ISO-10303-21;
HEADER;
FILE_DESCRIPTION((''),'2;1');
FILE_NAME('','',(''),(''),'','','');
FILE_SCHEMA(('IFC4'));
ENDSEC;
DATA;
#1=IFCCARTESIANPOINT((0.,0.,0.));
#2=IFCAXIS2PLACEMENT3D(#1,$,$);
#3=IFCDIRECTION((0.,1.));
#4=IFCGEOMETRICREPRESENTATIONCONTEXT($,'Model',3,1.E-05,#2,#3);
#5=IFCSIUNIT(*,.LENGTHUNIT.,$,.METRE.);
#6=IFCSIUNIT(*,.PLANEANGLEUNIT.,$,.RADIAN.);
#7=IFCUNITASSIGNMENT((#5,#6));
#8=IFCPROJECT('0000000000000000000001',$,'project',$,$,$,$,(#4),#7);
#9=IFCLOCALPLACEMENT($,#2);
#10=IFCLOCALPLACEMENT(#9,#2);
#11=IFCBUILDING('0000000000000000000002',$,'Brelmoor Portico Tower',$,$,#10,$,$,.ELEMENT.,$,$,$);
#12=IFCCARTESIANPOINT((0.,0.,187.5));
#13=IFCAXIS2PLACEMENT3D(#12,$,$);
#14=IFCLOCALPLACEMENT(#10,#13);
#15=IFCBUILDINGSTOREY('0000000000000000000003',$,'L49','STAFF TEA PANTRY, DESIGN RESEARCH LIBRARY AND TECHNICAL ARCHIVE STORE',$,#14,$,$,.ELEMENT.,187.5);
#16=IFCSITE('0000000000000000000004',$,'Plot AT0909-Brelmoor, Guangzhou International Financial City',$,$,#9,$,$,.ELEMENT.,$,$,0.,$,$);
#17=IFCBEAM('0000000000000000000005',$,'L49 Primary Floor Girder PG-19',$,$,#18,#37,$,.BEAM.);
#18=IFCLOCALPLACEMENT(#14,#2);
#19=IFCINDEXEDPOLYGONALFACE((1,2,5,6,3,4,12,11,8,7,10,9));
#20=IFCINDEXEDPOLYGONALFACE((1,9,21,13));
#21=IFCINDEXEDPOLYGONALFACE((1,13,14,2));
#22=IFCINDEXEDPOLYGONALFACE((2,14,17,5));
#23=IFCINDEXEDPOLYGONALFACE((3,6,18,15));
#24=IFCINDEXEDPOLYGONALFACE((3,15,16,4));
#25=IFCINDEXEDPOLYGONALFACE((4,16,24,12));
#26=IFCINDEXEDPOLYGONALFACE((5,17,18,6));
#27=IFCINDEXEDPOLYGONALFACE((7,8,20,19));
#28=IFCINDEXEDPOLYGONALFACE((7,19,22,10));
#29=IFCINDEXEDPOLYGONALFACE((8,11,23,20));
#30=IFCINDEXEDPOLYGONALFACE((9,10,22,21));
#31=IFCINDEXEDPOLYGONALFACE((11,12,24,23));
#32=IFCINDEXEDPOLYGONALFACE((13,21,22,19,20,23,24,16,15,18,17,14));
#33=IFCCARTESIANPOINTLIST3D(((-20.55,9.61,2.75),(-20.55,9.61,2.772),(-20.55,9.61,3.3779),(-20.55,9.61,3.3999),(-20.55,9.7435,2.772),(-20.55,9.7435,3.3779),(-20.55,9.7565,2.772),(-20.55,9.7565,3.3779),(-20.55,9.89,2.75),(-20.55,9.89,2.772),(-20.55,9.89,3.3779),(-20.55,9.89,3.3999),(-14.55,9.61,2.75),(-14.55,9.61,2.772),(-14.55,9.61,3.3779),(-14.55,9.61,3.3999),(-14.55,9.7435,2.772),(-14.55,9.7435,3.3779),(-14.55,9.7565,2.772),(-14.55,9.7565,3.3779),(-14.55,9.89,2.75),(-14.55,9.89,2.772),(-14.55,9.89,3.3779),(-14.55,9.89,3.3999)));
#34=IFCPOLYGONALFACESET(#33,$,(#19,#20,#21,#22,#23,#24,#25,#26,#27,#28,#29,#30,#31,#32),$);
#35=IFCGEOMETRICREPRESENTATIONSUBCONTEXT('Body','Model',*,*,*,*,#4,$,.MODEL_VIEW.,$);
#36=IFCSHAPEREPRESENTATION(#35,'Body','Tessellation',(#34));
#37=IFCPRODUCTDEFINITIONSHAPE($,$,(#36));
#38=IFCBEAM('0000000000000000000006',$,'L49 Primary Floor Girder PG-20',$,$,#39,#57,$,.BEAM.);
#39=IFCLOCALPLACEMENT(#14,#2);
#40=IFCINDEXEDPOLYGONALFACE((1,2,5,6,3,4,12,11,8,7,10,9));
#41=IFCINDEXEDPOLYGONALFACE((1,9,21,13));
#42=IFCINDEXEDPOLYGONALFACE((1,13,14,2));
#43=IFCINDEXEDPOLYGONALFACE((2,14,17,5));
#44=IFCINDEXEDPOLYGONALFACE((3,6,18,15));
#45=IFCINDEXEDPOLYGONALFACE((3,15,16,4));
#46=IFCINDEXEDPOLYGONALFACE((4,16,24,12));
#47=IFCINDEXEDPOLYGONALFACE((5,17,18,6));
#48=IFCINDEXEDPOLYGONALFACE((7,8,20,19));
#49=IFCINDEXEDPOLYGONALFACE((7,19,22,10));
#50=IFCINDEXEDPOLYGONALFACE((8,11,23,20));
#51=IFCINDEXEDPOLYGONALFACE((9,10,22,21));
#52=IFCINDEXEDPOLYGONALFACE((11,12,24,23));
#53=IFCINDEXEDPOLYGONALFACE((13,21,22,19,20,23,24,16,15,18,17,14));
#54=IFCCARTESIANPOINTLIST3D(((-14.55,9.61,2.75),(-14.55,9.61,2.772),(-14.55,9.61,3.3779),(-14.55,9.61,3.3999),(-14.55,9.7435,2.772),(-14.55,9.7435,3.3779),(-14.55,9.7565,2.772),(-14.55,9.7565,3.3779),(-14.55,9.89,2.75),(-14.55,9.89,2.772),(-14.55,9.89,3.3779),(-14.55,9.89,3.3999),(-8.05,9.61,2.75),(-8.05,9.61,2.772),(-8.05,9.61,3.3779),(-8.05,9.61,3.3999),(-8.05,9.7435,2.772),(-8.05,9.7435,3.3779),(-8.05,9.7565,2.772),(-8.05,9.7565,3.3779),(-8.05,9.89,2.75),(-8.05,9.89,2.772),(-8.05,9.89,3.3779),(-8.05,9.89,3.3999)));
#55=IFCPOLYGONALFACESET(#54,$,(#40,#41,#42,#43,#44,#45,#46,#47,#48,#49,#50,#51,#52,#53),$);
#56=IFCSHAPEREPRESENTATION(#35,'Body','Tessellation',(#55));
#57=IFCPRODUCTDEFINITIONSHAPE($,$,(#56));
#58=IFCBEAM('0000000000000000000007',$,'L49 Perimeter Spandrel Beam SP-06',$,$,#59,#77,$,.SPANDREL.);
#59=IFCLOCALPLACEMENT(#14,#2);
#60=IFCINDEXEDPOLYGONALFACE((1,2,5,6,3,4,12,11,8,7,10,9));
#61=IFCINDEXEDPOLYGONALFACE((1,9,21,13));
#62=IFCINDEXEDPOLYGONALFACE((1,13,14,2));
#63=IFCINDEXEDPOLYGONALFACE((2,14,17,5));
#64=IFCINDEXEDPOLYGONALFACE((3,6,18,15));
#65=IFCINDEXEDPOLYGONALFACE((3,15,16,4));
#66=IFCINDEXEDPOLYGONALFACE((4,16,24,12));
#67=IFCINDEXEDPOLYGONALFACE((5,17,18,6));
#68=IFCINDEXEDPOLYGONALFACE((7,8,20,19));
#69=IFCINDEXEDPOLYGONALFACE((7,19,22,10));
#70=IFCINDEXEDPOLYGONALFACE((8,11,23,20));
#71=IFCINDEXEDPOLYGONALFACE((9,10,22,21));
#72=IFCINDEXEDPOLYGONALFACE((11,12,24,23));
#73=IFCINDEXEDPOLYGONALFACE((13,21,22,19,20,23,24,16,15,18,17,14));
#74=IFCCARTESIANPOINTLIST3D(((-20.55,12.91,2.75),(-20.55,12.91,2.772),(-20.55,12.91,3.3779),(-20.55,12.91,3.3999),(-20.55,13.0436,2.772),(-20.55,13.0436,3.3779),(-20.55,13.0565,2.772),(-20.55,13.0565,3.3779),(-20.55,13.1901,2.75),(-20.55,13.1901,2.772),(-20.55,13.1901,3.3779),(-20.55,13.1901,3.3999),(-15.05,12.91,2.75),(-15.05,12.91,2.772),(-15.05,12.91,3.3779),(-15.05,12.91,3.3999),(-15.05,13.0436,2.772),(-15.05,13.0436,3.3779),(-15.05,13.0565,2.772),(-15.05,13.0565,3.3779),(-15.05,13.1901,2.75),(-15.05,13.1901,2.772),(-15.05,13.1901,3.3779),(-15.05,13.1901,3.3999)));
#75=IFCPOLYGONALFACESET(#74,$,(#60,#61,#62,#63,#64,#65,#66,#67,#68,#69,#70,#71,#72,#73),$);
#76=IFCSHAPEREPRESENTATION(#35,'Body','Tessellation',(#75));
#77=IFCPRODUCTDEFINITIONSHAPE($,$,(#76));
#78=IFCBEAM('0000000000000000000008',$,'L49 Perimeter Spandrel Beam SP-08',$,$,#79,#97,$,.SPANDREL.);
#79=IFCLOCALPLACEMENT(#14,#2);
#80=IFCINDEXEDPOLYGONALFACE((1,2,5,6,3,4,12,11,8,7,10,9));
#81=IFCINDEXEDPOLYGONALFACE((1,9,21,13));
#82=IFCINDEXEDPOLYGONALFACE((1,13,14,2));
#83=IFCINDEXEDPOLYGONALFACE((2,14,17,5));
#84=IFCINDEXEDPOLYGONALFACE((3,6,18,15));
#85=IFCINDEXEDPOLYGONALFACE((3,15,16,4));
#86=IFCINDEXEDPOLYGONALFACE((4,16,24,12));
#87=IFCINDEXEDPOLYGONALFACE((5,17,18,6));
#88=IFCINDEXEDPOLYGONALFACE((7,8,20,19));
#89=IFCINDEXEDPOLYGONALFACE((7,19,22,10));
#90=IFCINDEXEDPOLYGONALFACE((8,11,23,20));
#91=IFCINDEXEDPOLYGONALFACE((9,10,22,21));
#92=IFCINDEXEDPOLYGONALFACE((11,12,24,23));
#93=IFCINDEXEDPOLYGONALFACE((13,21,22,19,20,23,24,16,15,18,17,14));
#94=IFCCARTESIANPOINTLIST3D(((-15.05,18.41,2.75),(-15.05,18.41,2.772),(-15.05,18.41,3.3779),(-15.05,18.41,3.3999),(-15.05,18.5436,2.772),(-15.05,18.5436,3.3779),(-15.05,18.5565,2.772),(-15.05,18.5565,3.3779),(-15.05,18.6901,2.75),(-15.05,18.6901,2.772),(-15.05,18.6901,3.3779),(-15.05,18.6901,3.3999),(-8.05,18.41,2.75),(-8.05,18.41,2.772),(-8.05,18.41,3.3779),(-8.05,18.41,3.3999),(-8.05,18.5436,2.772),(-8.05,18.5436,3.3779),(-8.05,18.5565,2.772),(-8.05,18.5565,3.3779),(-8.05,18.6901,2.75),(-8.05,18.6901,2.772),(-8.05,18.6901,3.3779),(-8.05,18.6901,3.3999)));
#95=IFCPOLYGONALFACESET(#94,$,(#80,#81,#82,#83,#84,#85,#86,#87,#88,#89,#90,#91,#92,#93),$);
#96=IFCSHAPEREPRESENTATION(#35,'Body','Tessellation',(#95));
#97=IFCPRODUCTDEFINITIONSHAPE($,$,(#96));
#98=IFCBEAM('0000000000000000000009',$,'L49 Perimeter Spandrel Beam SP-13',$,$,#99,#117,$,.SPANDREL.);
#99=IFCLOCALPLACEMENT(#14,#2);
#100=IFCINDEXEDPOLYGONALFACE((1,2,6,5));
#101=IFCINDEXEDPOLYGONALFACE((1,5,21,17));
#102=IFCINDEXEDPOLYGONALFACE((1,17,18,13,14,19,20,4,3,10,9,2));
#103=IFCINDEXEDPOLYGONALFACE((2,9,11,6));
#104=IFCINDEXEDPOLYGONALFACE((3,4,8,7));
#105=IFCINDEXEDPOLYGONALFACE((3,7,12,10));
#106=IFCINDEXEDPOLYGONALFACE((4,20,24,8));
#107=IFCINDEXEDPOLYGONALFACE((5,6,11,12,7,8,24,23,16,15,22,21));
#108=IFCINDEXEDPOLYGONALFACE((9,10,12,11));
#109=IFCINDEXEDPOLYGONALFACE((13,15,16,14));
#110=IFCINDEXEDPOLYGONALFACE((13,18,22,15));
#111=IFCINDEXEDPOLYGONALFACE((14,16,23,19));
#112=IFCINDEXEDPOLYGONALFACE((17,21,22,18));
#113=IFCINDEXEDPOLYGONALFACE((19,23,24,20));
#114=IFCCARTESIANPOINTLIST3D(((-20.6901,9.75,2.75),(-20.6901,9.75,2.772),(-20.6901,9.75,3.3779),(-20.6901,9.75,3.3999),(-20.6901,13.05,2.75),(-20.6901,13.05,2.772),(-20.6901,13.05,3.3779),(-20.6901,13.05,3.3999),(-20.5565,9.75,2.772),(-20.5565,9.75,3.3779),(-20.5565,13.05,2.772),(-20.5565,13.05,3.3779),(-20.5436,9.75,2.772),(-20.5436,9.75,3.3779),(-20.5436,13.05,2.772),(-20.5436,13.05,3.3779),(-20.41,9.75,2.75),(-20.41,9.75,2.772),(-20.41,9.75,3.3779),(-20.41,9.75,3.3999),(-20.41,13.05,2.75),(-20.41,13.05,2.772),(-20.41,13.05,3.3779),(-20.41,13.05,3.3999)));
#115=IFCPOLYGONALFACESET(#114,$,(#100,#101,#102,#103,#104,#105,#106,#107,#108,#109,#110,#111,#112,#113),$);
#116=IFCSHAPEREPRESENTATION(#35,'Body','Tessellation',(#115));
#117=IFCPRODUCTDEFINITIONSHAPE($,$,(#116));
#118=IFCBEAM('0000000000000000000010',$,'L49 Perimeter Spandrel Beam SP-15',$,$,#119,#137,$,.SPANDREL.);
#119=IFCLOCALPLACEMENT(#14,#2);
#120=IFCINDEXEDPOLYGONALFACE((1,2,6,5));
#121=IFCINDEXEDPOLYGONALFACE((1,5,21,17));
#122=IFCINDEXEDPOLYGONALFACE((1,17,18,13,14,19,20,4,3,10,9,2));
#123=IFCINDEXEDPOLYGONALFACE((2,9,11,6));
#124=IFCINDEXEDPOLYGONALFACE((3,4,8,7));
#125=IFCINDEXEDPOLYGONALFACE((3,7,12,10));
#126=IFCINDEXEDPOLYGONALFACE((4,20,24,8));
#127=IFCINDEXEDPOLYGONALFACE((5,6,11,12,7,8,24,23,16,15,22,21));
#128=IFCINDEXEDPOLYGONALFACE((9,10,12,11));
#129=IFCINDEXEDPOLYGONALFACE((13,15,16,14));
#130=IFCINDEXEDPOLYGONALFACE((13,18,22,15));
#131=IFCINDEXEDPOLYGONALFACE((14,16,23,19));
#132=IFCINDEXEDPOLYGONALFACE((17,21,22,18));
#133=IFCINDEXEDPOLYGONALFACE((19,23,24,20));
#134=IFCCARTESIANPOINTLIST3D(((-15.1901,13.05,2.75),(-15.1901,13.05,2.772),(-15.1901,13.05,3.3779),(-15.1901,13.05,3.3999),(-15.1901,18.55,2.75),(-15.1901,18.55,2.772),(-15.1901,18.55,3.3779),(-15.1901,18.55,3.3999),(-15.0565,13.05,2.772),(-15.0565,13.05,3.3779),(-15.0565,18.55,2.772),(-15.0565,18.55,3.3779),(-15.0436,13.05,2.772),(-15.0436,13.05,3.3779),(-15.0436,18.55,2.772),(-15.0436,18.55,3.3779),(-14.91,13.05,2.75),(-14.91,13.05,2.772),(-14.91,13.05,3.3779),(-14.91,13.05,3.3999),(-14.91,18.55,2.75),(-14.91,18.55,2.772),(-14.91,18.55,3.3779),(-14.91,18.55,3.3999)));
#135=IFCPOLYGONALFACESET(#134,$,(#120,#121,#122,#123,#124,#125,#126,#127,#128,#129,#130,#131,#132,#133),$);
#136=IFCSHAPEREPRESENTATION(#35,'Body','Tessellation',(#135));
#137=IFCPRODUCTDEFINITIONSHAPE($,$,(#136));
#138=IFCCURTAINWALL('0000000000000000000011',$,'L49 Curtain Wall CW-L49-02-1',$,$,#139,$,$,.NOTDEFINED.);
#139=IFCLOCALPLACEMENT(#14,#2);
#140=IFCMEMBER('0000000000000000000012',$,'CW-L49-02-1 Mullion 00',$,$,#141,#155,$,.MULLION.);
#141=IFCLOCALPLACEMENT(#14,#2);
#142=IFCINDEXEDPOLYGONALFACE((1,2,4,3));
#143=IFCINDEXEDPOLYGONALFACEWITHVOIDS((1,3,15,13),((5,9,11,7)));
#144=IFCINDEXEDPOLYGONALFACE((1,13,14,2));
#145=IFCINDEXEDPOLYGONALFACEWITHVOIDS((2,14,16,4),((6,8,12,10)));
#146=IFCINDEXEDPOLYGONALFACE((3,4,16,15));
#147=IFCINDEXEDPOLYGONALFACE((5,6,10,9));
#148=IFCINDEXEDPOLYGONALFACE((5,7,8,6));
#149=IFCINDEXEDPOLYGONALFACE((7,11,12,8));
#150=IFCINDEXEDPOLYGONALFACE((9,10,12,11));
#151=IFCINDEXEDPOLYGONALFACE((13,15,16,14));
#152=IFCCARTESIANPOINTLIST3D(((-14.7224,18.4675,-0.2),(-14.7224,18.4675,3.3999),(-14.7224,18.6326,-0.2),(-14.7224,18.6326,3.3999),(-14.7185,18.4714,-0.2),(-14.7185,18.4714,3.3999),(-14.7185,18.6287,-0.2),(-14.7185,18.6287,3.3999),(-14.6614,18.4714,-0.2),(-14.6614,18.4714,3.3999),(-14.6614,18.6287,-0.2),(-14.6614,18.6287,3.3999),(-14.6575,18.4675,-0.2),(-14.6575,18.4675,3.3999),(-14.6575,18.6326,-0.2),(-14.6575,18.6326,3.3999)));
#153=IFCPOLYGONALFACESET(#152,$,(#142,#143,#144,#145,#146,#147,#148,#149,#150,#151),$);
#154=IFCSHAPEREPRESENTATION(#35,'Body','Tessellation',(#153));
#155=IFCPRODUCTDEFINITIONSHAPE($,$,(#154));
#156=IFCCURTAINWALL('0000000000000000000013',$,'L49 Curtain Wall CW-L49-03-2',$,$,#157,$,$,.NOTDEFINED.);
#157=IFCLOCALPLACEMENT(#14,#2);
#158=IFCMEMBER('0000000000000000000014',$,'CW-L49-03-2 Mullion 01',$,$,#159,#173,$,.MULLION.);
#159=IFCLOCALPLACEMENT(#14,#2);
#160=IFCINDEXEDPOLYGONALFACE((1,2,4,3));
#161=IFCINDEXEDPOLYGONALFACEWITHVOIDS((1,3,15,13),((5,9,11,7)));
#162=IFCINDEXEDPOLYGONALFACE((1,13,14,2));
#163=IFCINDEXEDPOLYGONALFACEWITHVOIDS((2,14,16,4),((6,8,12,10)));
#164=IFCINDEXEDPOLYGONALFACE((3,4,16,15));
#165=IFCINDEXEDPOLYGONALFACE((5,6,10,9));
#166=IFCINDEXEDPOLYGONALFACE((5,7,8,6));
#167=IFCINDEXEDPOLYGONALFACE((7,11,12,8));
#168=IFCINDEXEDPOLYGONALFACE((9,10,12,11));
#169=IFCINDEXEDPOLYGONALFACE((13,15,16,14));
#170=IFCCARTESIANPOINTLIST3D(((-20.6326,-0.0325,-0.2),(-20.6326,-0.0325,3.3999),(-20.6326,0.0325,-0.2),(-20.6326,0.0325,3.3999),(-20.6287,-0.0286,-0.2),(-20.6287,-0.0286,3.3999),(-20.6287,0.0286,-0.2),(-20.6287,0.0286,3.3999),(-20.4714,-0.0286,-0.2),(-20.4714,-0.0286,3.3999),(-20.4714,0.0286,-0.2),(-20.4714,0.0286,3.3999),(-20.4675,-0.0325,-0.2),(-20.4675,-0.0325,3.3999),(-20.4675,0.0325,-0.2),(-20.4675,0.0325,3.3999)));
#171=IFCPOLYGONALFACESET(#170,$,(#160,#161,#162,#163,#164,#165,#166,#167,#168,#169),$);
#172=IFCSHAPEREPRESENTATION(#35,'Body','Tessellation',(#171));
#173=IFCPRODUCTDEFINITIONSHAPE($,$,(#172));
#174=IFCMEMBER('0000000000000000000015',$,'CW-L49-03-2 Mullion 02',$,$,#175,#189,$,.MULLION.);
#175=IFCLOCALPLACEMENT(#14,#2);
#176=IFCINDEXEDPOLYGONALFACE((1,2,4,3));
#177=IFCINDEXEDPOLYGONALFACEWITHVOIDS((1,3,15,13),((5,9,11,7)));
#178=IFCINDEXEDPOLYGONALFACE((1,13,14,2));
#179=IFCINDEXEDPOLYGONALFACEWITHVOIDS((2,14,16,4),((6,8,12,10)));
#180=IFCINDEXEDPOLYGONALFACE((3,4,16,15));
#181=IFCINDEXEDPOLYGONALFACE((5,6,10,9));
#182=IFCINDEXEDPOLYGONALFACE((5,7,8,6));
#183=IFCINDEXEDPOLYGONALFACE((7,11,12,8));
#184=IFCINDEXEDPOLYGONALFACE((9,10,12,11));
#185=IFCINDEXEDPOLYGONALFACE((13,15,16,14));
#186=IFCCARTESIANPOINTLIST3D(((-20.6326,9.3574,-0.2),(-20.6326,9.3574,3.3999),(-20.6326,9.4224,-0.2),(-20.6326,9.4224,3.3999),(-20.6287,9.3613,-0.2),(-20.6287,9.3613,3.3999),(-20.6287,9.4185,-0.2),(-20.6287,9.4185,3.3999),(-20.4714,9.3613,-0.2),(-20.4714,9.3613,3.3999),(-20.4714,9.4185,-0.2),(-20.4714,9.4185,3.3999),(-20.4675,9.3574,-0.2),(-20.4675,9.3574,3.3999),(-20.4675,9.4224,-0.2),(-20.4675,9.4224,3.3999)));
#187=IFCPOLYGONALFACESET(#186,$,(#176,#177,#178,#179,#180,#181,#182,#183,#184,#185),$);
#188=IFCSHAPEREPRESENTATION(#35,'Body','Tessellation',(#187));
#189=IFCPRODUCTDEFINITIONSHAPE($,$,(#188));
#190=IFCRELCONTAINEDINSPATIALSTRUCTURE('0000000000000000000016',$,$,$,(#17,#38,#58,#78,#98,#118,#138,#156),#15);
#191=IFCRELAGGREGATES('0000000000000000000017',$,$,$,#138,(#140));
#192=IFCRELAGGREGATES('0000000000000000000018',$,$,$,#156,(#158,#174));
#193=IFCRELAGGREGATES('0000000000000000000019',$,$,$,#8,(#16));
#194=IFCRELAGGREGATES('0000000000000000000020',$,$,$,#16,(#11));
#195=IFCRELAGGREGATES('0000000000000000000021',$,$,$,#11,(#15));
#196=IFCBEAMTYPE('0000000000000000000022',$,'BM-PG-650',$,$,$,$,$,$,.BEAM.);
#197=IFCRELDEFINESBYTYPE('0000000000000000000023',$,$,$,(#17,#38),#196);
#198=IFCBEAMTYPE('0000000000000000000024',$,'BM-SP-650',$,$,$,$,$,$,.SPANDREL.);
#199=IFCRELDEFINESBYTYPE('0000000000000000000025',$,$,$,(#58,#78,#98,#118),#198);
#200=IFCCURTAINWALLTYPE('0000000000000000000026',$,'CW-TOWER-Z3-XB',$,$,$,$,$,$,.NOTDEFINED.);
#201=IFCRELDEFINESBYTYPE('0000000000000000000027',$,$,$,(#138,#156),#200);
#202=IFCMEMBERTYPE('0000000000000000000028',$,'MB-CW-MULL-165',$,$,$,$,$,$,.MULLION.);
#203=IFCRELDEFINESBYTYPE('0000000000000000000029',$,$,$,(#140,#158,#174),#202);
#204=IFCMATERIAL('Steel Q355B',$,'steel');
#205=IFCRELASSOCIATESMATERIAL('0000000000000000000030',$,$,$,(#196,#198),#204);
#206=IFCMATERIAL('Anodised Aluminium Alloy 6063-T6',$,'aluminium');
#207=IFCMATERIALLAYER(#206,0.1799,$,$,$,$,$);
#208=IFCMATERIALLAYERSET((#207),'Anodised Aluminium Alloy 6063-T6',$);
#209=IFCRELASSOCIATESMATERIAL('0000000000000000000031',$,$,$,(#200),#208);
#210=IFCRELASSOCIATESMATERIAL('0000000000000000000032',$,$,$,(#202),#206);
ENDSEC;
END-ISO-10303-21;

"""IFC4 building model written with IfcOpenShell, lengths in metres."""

from ifc_helpers import new_model, si_unit, direction, frame, origin, origin_2d, place, context, subcontext, project, spatial, hollow_rectangle, i_section, extrude, material, layer, layer_set, material_profile, profile_set, type_object, element, aggregate, save


model = new_model("IFC4")

# Units and contexts
model_context = context("Model", 3, precision=1e-05, world=origin(), true_north=direction((0.0, 1.0)))
body_context = subcontext(model_context, "Body", "Model", "MODEL_VIEW")
ifc_project = project(units=[si_unit("LENGTHUNIT", "METRE"), si_unit("PLANEANGLEUNIT", "RADIAN")], contexts=[model_context])

# Site, building, storey
site_placement = place(None, origin())
site = spatial("IfcSite", under=ifc_project, at=site_placement, Name="Plot AT0909-Brelmoor, Guangzhou International Financial City", CompositionType="ELEMENT", RefElevation=0.0)
building_placement = place(site_placement, origin())
building = spatial("IfcBuilding", under=site, at=building_placement, Name="Brelmoor Portico Tower", CompositionType="ELEMENT")
storey_placement = place(building_placement, frame((0.0, 0.0, 187.5)))
storey = spatial("IfcBuildingStorey", under=building, at=storey_placement, Name="L49", Description="STAFF TEA PANTRY, DESIGN RESEARCH LIBRARY AND TECHNICAL ARCHIVE STORE", CompositionType="ELEMENT", Elevation=187.5)

# Shared definitions
ifc_material_1 = material(Name="Steel Q355B", Category="steel")

# Beams
ifc_material_profile_1 = material_profile(ifc_material_1, i_section(OverallWidth=0.28, OverallDepth=0.6499, WebThickness=0.0129, FlangeThickness=0.022, at=origin_2d()), Name="HN 650x280x13x22")
ifc_profile_set_1 = profile_set([ifc_material_profile_1], Name="Steel Q355B")
beam_type_1 = type_object("IfcBeamType", Name="BM-PG-650", PredefinedType="BEAM", material=ifc_profile_set_1)
beam_1_placement = place(storey_placement, frame((-20.55, 9.75, 3.075), z_axis=(1.0, 0.0, 0.0), x_axis=(0.0, 1.0, 0.0)))
element("IfcBeam", 1, at=beam_1_placement, inside=storey, type_object=beam_type_1, Name="L49 Primary Floor Girder PG-19", PredefinedType="BEAM", context=body_context, shape_type="SweptSolid", body=[
    extrude(i_section(OverallWidth=0.28, OverallDepth=0.6499, WebThickness=0.0129, FlangeThickness=0.022, at=origin_2d()), origin(), (0.0, 0.0, 1.0), 6.0),
])
beam_2_placement = place(storey_placement, frame((-14.55, 9.75, 3.075), z_axis=(1.0, 0.0, 0.0), x_axis=(0.0, 1.0, 0.0)))
element("IfcBeam", 2, at=beam_2_placement, inside=storey, type_object=beam_type_1, Name="L49 Primary Floor Girder PG-20", PredefinedType="BEAM", context=body_context, shape_type="SweptSolid", body=[
    extrude(i_section(OverallWidth=0.28, OverallDepth=0.6499, WebThickness=0.0129, FlangeThickness=0.022, at=origin_2d()), origin(), (0.0, 0.0, 1.0), 6.5),
])
ifc_material_profile_2 = material_profile(ifc_material_1, i_section(OverallWidth=0.28, OverallDepth=0.6499, WebThickness=0.0129, FlangeThickness=0.022, at=origin_2d()), Name="HN 650x280x13x22")
ifc_profile_set_2 = profile_set([ifc_material_profile_2], Name="Steel Q355B")
beam_type_2 = type_object("IfcBeamType", Name="BM-SP-650", PredefinedType="SPANDREL", material=ifc_profile_set_2)
beam_3_placement = place(storey_placement, frame((-20.55, 13.05, 3.075), z_axis=(1.0, 0.0, 0.0), x_axis=(0.0, 1.0, 0.0)))
element("IfcBeam", 3, at=beam_3_placement, inside=storey, type_object=beam_type_2, Name="L49 Perimeter Spandrel Beam SP-06", PredefinedType="SPANDREL", context=body_context, shape_type="SweptSolid", body=[
    extrude(i_section(OverallWidth=0.28, OverallDepth=0.6499, WebThickness=0.0129, FlangeThickness=0.022, at=origin_2d()), origin(), (0.0, 0.0, 1.0), 5.5),
])
beam_4_placement = place(storey_placement, frame((-15.05, 18.55, 3.075), z_axis=(1.0, 0.0, 0.0), x_axis=(0.0, 1.0, 0.0)))
element("IfcBeam", 4, at=beam_4_placement, inside=storey, type_object=beam_type_2, Name="L49 Perimeter Spandrel Beam SP-08", PredefinedType="SPANDREL", context=body_context, shape_type="SweptSolid", body=[
    extrude(i_section(OverallWidth=0.28, OverallDepth=0.6499, WebThickness=0.0129, FlangeThickness=0.022, at=origin_2d()), origin(), (0.0, 0.0, 1.0), 7.0),
])
beam_5_placement = place(storey_placement, frame((-20.55, 9.75, 3.075), z_axis=(0.0, 1.0, 0.0), x_axis=(-1.0, 0.0, 0.0)))
element("IfcBeam", 5, at=beam_5_placement, inside=storey, type_object=beam_type_2, Name="L49 Perimeter Spandrel Beam SP-13", PredefinedType="SPANDREL", context=body_context, shape_type="SweptSolid", body=[
    extrude(i_section(OverallWidth=0.28, OverallDepth=0.6499, WebThickness=0.0129, FlangeThickness=0.022, at=origin_2d()), origin(), (0.0, 0.0, 1.0), 3.3),
])
beam_6_placement = place(storey_placement, frame((-15.05, 13.05, 3.075), z_axis=(0.0, 1.0, 0.0), x_axis=(-1.0, 0.0, 0.0)))
element("IfcBeam", 6, at=beam_6_placement, inside=storey, type_object=beam_type_2, Name="L49 Perimeter Spandrel Beam SP-15", PredefinedType="SPANDREL", context=body_context, shape_type="SweptSolid", body=[
    extrude(i_section(OverallWidth=0.28, OverallDepth=0.6499, WebThickness=0.0129, FlangeThickness=0.022, at=origin_2d()), origin(), (0.0, 0.0, 1.0), 5.5),
])

# Curtain wall, member
ifc_material_2 = material(Name="Anodised Aluminium Alloy 6063-T6", Category="aluminium")
ifc_layer_1 = layer(ifc_material_2, 0.1799)
ifc_layer_set_1 = layer_set([ifc_layer_1], Name="Anodised Aluminium Alloy 6063-T6")
curtain_wall_type = type_object("IfcCurtainWallType", Name="CW-TOWER-Z3-XB", PredefinedType="NOTDEFINED", material=ifc_layer_set_1)
curtain_wall_1_placement = place(storey_placement, origin())
curtain_wall_1 = element("IfcCurtainWall", 7, at=curtain_wall_1_placement, inside=storey, type_object=curtain_wall_type, Name="L49 Curtain Wall CW-L49-02-1", PredefinedType="NOTDEFINED")
ifc_material_profile_3 = material_profile(ifc_material_2, hollow_rectangle(XDim=0.0649, YDim=0.165, WallThickness=0.0039, at=origin_2d()), Name="ALU MULLION 65x165")
ifc_profile_set_3 = profile_set([ifc_material_profile_3], Name="Anodised Aluminium Alloy 6063-T6")
member_type_1 = type_object("IfcMemberType", Name="MB-CW-MULL-165", PredefinedType="MULLION", material=ifc_profile_set_3)
member_1_placement = place(storey_placement, frame((-14.6899, 18.55, -0.2), z_axis=(0.0, 0.0, 1.0), x_axis=(1.0, 0.0, 0.0)))
member_1 = element("IfcMember", 8, at=member_1_placement, type_object=member_type_1, Name="CW-L49-02-1 Mullion 00", PredefinedType="MULLION", context=body_context, shape_type="SweptSolid", body=[
    extrude(hollow_rectangle(XDim=0.0649, YDim=0.165, WallThickness=0.0039, at=origin_2d()), origin(), (0.0, 0.0, 1.0), 3.5999),
])

# Curtain wall, members
curtain_wall_2_placement = place(storey_placement, origin())
curtain_wall_2 = element("IfcCurtainWall", 9, at=curtain_wall_2_placement, inside=storey, type_object=curtain_wall_type, Name="L49 Curtain Wall CW-L49-03-2", PredefinedType="NOTDEFINED")
member_2_placement = place(storey_placement, frame((-20.55, 0.0, -0.2), z_axis=(0.0, 0.0, 1.0), x_axis=(0.0, 1.0, 0.0)))
member_2 = element("IfcMember", 10, at=member_2_placement, type_object=member_type_1, Name="CW-L49-03-2 Mullion 01", PredefinedType="MULLION", context=body_context, shape_type="SweptSolid", body=[
    extrude(hollow_rectangle(XDim=0.0649, YDim=0.165, WallThickness=0.0039, at=origin_2d()), origin(), (0.0, 0.0, 1.0), 3.5999),
])
member_3_placement = place(storey_placement, frame((-20.55, 9.3899, -0.2), z_axis=(0.0, 0.0, 1.0), x_axis=(0.0, 1.0, 0.0)))
member_3 = element("IfcMember", 11, at=member_3_placement, type_object=member_type_1, Name="CW-L49-03-2 Mullion 02", PredefinedType="MULLION", context=body_context, shape_type="SweptSolid", body=[
    extrude(hollow_rectangle(XDim=0.0649, YDim=0.165, WallThickness=0.0039, at=origin_2d()), origin(), (0.0, 0.0, 1.0), 3.5999),
])

aggregate(curtain_wall_1, [member_1])

aggregate(curtain_wall_2, [member_2, member_3])

save(model, "model.ifc")
